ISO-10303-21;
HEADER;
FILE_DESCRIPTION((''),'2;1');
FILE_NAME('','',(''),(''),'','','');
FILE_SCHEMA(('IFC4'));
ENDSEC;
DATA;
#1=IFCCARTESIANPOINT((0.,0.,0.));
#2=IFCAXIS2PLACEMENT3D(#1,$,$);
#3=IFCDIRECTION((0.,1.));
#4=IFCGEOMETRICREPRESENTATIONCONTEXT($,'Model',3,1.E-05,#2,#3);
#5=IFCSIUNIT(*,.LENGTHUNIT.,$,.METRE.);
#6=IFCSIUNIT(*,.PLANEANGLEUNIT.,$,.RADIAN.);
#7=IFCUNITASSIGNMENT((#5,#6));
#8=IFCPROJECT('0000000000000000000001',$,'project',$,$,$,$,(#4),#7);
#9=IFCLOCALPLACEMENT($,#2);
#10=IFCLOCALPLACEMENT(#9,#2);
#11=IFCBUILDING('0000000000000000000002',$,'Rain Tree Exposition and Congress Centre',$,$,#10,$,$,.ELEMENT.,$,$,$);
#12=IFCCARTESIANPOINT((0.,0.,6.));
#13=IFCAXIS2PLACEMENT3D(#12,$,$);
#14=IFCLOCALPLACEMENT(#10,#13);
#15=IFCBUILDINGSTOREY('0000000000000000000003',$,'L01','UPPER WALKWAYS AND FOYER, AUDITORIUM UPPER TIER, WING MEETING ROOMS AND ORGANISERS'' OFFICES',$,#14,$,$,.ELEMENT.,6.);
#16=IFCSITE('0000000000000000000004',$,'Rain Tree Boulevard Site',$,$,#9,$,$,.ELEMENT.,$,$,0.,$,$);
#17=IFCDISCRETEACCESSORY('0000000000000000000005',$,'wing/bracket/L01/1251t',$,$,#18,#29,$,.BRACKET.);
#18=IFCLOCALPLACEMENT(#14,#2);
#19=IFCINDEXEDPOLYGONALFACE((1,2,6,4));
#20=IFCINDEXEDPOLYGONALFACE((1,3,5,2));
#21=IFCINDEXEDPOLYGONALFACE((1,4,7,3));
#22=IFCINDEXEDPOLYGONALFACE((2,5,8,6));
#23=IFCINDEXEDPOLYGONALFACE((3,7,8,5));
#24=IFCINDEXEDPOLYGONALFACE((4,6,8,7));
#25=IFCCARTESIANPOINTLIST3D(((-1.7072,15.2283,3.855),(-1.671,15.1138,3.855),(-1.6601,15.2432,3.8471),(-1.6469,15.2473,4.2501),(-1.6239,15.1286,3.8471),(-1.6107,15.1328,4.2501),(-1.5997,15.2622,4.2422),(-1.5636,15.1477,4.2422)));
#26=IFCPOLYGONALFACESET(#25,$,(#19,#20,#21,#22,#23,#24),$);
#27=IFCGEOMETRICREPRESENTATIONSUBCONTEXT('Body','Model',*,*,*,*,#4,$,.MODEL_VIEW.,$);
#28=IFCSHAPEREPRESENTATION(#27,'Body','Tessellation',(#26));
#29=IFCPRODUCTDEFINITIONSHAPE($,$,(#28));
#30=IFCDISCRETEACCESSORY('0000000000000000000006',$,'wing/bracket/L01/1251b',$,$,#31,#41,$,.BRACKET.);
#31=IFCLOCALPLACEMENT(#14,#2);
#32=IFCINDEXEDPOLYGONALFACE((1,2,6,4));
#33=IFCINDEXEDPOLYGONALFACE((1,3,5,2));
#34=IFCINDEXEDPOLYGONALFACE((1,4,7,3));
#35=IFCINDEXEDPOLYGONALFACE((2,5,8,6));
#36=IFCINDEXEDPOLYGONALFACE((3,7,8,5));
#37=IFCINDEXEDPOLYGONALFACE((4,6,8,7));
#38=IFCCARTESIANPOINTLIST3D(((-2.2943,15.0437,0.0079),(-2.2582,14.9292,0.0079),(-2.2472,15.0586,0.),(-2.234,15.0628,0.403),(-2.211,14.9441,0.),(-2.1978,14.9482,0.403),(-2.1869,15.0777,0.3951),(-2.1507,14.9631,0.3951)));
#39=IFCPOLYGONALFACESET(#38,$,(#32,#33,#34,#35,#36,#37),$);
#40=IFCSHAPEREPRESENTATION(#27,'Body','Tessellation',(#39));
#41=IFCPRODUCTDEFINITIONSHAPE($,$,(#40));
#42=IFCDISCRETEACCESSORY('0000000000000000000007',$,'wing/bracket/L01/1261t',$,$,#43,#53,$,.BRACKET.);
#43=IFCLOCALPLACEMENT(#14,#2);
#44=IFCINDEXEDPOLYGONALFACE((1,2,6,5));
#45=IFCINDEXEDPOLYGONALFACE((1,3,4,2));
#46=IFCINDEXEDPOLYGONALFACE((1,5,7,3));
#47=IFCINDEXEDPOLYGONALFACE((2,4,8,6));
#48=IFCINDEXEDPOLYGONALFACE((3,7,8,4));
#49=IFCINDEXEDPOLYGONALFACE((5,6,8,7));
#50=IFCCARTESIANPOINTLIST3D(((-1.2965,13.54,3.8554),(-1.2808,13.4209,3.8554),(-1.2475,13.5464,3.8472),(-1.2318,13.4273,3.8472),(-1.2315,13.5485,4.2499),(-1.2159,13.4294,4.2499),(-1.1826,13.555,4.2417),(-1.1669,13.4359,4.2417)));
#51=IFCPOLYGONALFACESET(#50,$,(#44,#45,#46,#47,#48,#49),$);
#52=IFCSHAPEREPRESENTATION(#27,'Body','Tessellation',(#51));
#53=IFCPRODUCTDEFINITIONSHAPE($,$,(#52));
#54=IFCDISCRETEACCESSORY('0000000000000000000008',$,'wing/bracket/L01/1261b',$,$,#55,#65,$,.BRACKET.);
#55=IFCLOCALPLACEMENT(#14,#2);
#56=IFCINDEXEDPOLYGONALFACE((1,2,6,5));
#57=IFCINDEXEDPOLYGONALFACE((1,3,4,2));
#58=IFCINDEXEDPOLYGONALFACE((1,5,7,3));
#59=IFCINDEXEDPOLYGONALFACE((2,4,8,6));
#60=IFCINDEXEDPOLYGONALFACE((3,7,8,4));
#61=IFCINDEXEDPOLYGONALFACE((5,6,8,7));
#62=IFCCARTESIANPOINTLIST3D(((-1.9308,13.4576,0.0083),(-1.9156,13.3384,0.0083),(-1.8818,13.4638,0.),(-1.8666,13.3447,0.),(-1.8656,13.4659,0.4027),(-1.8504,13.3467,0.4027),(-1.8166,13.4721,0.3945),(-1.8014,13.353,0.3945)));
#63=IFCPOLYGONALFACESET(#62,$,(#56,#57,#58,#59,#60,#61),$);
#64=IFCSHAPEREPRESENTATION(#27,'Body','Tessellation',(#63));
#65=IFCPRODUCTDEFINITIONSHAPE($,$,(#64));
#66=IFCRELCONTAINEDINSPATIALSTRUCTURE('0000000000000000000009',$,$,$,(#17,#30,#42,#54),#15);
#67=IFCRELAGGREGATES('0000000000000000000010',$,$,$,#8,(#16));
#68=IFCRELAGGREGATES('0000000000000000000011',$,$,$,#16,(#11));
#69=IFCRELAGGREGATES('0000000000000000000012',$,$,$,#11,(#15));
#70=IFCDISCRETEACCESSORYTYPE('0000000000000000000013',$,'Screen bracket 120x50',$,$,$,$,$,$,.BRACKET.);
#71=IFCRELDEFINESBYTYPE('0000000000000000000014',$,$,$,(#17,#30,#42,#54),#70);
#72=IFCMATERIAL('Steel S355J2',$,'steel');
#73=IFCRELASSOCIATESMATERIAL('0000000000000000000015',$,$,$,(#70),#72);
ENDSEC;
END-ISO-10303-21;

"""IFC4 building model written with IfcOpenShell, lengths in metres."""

from ifc_helpers import new_model, si_unit, direction, frame, origin, origin_2d, place, context, subcontext, project, spatial, rectangle, extrude, material, material_profile, profile_set, type_object, element, save


model = new_model("IFC4")

# Units and contexts
model_context = context("Model", 3, precision=1e-05, world=origin(), true_north=direction((0.0, 1.0)))
body_context = subcontext(model_context, "Body", "Model", "MODEL_VIEW")
ifc_project = project(units=[si_unit("LENGTHUNIT", "METRE"), si_unit("PLANEANGLEUNIT", "RADIAN")], contexts=[model_context])

# Site, building, storey
site_placement = place(None, origin())
site = spatial("IfcSite", under=ifc_project, at=site_placement, Name="Rain Tree Boulevard Site", CompositionType="ELEMENT", RefElevation=0.0)
building_placement = place(site_placement, origin())
building = spatial("IfcBuilding", under=site, at=building_placement, Name="Rain Tree Exposition and Congress Centre", CompositionType="ELEMENT")
storey_placement = place(building_placement, frame((0.0, 0.0, 6.0)))
storey = spatial("IfcBuildingStorey", under=building, at=storey_placement, Name="L01", Description="UPPER WALKWAYS AND FOYER, AUDITORIUM UPPER TIER, WING MEETING ROOMS AND ORGANISERS' OFFICES", CompositionType="ELEMENT", Elevation=6.0)

# Discrete accessories
ifc_material_1 = material(Name="Steel S355J2", Category="steel")
ifc_material_profile_1 = material_profile(ifc_material_1, rectangle(XDim=0.1201, YDim=0.05, at=origin_2d()), Name="Flat bar 120x50")
ifc_profile_set_1 = profile_set([ifc_material_profile_1], Name="Steel S355J2")
discrete_accessory_type = type_object("IfcDiscreteAccessoryType", Name="Screen bracket 120x50", PredefinedType="BRACKET", material=ifc_profile_set_1)
for number, where, z_axis, x_axis, name in (
    (1, (-1.6655, 15.1785, 3.8511), (0.150738, 0.047602, 0.987427), (-0.301131, 0.953583, 0.0), "wing/bracket/L01/1251t"),
    (2, (-2.2527, 14.9939, 0.0039), (0.150738, 0.047602, 0.987427), (-0.301131, 0.953583, 0.0), "wing/bracket/L01/1251b"),
):
    element("IfcDiscreteAccessory", number, at=place(storey_placement, frame(where, z_axis=z_axis, x_axis=x_axis)), inside=storey, type_object=discrete_accessory_type, Name=name, PredefinedType="BRACKET", context=body_context, shape_type="SweptSolid", body=[
        extrude(rectangle(XDim=0.1201, YDim=0.05, at=origin_2d()), origin(), (0.0, 0.0, 1.0), 0.4001),
    ])
for number, where, z_axis, x_axis, name in (
    (3, (-1.2642, 13.4836, 3.8513), (0.162381, 0.021366, 0.986497), (-0.130455, 0.991454, 0.0), "wing/bracket/L01/1261t"),
    (4, (-1.8987, 13.4011, 0.0042), (0.162978, 0.020754, 0.986411), (-0.126321, 0.991989, 0.0), "wing/bracket/L01/1261b"),
):
    element("IfcDiscreteAccessory", number, at=place(storey_placement, frame(where, z_axis=z_axis, x_axis=x_axis)), inside=storey, type_object=discrete_accessory_type, Name=name, PredefinedType="BRACKET", context=body_context, shape_type="SweptSolid", body=[
        extrude(rectangle(XDim=0.1201, YDim=0.05, at=origin_2d()), origin(), (0.0, 0.0, 1.0), 0.3999),
    ])

save(model, "model.ifc")
